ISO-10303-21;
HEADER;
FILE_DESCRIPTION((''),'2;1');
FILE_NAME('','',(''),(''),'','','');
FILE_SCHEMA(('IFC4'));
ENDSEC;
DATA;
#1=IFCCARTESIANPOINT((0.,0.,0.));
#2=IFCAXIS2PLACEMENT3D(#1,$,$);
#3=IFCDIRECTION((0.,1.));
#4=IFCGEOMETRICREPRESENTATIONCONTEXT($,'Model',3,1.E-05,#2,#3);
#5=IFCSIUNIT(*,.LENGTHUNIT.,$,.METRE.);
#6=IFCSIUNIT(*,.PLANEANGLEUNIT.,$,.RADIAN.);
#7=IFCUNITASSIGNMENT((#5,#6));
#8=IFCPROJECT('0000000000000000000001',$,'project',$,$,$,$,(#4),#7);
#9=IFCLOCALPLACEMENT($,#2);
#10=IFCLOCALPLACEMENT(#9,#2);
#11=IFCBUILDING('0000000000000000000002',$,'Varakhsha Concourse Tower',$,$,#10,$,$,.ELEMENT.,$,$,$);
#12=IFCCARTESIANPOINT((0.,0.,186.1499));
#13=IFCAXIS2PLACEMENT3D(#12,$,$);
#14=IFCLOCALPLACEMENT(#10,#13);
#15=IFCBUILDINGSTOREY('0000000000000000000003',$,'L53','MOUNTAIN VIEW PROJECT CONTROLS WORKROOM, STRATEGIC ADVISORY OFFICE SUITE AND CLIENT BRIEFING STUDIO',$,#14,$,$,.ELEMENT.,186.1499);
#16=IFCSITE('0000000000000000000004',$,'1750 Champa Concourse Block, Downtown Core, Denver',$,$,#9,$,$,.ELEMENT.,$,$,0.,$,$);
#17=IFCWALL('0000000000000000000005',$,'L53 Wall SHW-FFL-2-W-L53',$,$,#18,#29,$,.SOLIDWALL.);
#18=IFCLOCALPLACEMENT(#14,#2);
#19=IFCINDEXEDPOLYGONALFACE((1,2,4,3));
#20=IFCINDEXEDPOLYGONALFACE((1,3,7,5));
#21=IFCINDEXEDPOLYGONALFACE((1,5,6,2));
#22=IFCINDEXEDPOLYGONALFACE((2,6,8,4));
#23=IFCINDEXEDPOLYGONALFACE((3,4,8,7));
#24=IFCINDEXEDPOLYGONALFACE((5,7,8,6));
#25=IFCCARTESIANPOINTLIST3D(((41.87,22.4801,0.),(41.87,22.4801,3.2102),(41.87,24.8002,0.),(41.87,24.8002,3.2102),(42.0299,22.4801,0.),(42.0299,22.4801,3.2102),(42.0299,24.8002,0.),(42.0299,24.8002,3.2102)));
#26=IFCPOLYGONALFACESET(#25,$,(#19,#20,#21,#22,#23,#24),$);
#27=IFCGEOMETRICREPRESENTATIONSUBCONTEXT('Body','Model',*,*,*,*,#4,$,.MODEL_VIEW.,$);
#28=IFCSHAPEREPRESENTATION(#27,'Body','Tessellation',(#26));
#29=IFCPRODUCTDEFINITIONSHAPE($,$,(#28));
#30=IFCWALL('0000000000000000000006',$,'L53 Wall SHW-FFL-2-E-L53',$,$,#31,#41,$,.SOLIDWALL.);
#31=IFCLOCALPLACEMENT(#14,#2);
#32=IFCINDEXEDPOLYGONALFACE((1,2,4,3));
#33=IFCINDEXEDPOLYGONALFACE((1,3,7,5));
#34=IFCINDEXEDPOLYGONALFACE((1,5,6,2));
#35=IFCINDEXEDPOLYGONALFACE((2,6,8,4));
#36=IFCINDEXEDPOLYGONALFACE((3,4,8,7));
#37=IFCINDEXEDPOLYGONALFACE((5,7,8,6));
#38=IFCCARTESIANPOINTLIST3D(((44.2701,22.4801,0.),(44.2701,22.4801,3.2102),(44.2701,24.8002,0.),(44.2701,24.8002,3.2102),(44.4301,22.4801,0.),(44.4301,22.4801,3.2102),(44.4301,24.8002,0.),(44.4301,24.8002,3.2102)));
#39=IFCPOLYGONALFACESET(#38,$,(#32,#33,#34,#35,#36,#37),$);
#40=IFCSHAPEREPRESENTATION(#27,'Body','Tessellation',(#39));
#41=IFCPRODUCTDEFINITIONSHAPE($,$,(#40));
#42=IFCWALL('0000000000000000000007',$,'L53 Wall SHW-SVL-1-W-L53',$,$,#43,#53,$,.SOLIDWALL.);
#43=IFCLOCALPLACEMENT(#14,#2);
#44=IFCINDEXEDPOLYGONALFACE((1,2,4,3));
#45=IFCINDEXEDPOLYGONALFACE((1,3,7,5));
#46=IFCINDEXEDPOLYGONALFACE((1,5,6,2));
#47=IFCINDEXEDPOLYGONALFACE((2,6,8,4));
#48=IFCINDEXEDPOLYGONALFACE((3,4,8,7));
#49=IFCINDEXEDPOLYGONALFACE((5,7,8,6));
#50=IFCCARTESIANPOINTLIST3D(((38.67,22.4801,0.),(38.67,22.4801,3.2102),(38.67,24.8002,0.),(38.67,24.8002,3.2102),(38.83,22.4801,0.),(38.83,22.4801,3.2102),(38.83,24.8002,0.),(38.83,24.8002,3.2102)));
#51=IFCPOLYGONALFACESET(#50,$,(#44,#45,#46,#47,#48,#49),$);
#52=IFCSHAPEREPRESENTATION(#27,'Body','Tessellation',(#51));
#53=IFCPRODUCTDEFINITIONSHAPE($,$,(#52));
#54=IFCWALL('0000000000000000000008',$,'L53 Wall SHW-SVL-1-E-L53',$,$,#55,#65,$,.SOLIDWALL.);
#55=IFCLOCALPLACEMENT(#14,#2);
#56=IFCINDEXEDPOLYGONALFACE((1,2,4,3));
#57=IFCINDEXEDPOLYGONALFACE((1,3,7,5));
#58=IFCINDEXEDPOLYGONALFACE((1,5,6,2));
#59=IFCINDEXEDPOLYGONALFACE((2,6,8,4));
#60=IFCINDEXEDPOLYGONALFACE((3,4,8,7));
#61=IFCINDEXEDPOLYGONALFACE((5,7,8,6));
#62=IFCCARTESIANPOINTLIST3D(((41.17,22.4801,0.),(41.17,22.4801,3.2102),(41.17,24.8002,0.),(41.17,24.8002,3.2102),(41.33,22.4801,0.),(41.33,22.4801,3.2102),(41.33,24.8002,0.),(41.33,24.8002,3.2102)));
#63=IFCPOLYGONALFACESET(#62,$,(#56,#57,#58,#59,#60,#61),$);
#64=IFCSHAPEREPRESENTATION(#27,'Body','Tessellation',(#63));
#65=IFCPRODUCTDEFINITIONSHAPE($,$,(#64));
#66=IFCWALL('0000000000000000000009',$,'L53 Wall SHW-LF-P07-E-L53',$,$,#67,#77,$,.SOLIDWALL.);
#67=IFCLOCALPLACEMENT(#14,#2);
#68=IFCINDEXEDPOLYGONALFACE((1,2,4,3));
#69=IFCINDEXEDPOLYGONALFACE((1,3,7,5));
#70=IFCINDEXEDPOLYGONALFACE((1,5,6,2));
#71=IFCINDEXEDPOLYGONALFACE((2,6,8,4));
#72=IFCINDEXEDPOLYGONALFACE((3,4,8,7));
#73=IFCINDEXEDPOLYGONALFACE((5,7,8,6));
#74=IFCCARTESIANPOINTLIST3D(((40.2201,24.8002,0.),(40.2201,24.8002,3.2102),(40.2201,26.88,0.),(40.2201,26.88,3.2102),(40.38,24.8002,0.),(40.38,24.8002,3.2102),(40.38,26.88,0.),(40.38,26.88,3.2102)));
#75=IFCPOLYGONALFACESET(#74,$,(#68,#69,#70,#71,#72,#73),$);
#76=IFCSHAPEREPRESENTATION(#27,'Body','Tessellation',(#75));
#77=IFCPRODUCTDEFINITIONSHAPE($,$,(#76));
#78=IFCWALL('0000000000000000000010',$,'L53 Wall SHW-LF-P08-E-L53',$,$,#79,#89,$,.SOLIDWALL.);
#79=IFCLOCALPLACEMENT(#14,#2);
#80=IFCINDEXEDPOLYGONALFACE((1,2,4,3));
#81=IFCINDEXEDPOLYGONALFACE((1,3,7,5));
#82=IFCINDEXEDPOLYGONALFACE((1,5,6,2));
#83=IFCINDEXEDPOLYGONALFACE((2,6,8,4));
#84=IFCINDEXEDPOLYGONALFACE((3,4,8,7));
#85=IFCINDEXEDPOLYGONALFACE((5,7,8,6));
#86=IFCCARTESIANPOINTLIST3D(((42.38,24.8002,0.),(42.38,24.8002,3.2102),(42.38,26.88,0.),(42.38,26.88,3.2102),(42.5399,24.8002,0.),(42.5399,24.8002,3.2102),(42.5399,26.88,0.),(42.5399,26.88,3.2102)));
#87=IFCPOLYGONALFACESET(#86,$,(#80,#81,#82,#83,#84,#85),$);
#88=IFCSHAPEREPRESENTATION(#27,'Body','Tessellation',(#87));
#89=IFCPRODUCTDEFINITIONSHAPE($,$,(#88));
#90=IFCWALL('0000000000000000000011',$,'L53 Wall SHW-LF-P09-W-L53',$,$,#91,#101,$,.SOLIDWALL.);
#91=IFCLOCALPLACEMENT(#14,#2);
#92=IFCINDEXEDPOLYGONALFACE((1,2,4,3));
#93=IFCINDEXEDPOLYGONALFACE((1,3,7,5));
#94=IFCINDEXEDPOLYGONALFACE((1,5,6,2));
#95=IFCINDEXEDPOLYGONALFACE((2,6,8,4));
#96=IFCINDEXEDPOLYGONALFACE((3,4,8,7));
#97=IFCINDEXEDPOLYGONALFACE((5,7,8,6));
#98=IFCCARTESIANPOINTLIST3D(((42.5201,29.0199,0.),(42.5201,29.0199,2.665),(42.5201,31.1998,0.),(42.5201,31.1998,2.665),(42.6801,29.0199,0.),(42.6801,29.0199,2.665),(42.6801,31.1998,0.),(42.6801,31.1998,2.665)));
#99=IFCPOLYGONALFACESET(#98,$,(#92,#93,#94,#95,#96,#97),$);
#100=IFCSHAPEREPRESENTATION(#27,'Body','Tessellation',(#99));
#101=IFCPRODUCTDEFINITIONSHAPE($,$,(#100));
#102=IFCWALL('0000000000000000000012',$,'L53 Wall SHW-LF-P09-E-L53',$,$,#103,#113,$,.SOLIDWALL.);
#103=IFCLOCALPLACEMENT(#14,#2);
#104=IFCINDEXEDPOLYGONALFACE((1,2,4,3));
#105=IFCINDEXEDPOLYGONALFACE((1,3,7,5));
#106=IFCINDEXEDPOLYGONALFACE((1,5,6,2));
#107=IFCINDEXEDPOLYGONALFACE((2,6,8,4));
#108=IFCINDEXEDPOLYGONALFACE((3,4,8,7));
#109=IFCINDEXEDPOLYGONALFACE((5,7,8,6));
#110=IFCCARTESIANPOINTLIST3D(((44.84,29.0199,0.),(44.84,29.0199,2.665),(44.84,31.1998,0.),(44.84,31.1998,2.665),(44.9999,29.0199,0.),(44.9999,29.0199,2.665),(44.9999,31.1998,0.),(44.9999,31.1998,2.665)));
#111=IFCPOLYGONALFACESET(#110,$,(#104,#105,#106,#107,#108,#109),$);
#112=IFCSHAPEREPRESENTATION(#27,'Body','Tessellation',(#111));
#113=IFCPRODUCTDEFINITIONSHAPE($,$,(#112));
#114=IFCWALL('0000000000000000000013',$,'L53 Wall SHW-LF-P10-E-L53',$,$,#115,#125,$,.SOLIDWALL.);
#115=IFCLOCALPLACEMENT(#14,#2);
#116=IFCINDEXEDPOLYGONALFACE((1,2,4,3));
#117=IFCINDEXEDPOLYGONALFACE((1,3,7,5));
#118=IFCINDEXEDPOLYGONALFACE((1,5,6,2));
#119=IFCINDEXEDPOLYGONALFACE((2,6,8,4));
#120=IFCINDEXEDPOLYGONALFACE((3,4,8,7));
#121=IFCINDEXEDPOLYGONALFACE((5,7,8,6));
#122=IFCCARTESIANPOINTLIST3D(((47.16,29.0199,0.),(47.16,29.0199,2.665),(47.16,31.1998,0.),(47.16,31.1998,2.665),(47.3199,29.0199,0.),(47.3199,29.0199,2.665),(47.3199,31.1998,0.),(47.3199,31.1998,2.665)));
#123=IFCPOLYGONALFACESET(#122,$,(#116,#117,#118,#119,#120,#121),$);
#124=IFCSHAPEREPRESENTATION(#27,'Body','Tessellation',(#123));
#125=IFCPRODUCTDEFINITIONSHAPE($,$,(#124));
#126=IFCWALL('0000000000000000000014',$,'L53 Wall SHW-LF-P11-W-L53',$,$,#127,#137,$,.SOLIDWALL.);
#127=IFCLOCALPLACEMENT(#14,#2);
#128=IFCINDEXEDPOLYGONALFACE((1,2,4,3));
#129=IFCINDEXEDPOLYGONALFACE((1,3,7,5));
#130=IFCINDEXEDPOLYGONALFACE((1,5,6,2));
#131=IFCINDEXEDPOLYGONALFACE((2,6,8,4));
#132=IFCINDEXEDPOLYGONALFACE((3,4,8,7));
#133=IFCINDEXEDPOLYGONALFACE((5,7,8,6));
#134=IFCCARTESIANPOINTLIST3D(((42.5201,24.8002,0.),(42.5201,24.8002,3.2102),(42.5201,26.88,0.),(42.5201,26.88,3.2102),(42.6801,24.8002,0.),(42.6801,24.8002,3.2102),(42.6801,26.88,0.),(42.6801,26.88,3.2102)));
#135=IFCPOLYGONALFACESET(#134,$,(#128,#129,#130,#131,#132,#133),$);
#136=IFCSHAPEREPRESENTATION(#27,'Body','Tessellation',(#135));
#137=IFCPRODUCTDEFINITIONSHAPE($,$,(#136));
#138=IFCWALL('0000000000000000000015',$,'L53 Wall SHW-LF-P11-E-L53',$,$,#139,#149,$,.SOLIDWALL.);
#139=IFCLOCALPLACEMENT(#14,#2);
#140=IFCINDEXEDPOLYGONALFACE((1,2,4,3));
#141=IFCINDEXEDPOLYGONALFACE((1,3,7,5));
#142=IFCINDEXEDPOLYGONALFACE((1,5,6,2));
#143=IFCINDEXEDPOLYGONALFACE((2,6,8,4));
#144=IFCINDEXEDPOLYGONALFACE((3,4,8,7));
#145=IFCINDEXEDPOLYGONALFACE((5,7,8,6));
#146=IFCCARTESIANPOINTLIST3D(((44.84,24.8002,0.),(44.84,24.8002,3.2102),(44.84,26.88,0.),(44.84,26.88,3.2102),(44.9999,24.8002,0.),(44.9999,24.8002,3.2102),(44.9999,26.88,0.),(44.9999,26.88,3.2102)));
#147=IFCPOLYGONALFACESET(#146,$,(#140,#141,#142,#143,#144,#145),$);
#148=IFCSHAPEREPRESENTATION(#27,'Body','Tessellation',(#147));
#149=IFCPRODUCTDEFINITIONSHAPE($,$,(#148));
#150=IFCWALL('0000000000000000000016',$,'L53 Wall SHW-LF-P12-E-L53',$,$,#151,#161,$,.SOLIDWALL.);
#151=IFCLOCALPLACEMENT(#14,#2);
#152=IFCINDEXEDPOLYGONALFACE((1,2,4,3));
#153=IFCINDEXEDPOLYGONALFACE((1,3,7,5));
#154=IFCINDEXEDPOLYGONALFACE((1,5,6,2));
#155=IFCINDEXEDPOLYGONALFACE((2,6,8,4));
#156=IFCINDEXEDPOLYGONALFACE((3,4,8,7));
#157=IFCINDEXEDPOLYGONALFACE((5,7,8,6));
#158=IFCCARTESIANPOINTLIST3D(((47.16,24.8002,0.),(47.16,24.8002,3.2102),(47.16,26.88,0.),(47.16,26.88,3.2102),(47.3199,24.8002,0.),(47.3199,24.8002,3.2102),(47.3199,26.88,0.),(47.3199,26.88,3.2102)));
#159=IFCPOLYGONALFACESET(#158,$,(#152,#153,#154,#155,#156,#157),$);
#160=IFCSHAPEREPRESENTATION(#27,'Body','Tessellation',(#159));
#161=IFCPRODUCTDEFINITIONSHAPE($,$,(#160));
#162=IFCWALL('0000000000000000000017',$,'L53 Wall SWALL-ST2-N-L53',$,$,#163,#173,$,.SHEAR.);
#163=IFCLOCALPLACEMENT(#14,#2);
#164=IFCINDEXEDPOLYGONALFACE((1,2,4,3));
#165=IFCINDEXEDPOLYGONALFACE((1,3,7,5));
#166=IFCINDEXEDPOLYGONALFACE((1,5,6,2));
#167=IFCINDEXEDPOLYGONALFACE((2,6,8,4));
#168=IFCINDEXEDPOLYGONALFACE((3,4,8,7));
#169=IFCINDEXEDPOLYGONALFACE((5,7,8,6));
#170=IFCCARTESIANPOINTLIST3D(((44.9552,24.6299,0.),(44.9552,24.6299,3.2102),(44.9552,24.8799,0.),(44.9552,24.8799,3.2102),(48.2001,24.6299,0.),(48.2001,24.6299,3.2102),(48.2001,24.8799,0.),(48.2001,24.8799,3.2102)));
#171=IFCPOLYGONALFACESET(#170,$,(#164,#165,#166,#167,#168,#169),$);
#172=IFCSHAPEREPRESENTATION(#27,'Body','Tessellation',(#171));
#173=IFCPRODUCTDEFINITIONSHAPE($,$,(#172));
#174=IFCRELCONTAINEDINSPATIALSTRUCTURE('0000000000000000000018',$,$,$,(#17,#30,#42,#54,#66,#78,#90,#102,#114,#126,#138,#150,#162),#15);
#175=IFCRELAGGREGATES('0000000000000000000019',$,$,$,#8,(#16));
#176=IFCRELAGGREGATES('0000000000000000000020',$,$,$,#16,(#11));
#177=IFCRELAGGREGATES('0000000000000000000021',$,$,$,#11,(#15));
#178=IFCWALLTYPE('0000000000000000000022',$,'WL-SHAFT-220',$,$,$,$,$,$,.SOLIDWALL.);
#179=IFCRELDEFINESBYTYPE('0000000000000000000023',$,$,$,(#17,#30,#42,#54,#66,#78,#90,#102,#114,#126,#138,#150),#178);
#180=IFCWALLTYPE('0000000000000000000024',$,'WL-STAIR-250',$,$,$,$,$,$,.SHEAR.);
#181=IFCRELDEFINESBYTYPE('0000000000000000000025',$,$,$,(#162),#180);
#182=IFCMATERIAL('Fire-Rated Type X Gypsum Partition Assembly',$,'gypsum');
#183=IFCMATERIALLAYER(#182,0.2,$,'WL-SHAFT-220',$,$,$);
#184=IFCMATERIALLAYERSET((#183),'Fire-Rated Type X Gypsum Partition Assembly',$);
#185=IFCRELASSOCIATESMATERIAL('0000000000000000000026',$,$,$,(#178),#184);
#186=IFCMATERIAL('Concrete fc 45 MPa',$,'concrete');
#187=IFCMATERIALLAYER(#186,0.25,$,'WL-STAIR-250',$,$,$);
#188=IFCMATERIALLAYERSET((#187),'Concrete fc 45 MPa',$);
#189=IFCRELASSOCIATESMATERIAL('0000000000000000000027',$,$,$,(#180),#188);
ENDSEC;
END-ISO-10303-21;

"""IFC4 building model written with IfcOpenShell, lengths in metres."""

from ifc_helpers import new_model, si_unit, direction, frame, frame_2d, origin, place, context, subcontext, project, spatial, rectangle, extrude, material, layer, layer_set, type_object, element, save


model = new_model("IFC4")

# Units and contexts
model_context = context("Model", 3, precision=1e-05, world=origin(), true_north=direction((0.0, 1.0)))
body_context = subcontext(model_context, "Body", "Model", "MODEL_VIEW")
ifc_project = project(units=[si_unit("LENGTHUNIT", "METRE"), si_unit("PLANEANGLEUNIT", "RADIAN")], contexts=[model_context])

# Site, building, storey
site_placement = place(None, origin())
site = spatial("IfcSite", under=ifc_project, at=site_placement, Name="1750 Champa Concourse Block, Downtown Core, Denver", CompositionType="ELEMENT", RefElevation=0.0)
building_placement = place(site_placement, origin())
building = spatial("IfcBuilding", under=site, at=building_placement, Name="Varakhsha Concourse Tower", CompositionType="ELEMENT")
storey_placement = place(building_placement, frame((0.0, 0.0, 186.1499)))
storey = spatial("IfcBuildingStorey", under=building, at=storey_placement, Name="L53", Description="MOUNTAIN VIEW PROJECT CONTROLS WORKROOM, STRATEGIC ADVISORY OFFICE SUITE AND CLIENT BRIEFING STUDIO", CompositionType="ELEMENT", Elevation=186.1499)

# Shared definitions
ifc_material_1 = material(Name="Fire-Rated Type X Gypsum Partition Assembly", Category="gypsum")

# Walls
ifc_layer_1 = layer(ifc_material_1, 0.2, Name="WL-SHAFT-220")
ifc_layer_set_1 = layer_set([ifc_layer_1], Name="Fire-Rated Type X Gypsum Partition Assembly")
wall_type_1 = type_object("IfcWallType", Name="WL-SHAFT-220", PredefinedType="SOLIDWALL", material=ifc_layer_set_1)
for number, where, z_axis, x_axis, name in (
    (1, (41.95, 22.48, 0.0), (0.0, 0.0, 1.0), (0.0, 1.0, 0.0), "L53 Wall SHW-FFL-2-W-L53"),
    (2, (44.3501, 22.48, 0.0), (0.0, 0.0, 1.0), (0.0, 1.0, 0.0), "L53 Wall SHW-FFL-2-E-L53"),
    (3, (38.75, 22.48, 0.0), (0.0, 0.0, 1.0), (0.0, 1.0, 0.0), "L53 Wall SHW-SVL-1-W-L53"),
    (4, (41.25, 22.48, 0.0), (0.0, 0.0, 1.0), (0.0, 1.0, 0.0), "L53 Wall SHW-SVL-1-E-L53"),
):
    element("IfcWall", number, at=place(storey_placement, frame(where, z_axis=z_axis, x_axis=x_axis)), inside=storey, type_object=wall_type_1, Name=name, PredefinedType="SOLIDWALL", context=body_context, shape_type="SweptSolid", body=[
        extrude(rectangle(XDim=2.3201, YDim=0.1599, at=frame_2d((1.1602, 0.0))), origin(), (0.0, 0.0, 1.0), 3.2102),
    ])
for number, where, z_axis, x_axis, name in (
    (5, (40.3, 24.8, 0.0), (0.0, 0.0, 1.0), (0.0, 1.0, 0.0), "L53 Wall SHW-LF-P07-E-L53"),
    (6, (42.46, 24.8, 0.0), (0.0, 0.0, 1.0), (0.0, 1.0, 0.0), "L53 Wall SHW-LF-P08-E-L53"),
):
    element("IfcWall", number, at=place(storey_placement, frame(where, z_axis=z_axis, x_axis=x_axis)), inside=storey, type_object=wall_type_1, Name=name, PredefinedType="SOLIDWALL", context=body_context, shape_type="SweptSolid", body=[
        extrude(rectangle(XDim=2.0798, YDim=0.1599, at=frame_2d((1.04, 0.0))), origin(), (0.0, 0.0, 1.0), 3.2102),
    ])
for number, where, z_axis, x_axis, name in (
    (7, (42.6001, 29.02, 0.0), (0.0, 0.0, 1.0), (0.0, 1.0, 0.0), "L53 Wall SHW-LF-P09-W-L53"),
    (8, (44.9199, 29.02, 0.0), (0.0, 0.0, 1.0), (0.0, 1.0, 0.0), "L53 Wall SHW-LF-P09-E-L53"),
    (9, (47.24, 29.02, 0.0), (0.0, 0.0, 1.0), (0.0, 1.0, 0.0), "L53 Wall SHW-LF-P10-E-L53"),
):
    element("IfcWall", number, at=place(storey_placement, frame(where, z_axis=z_axis, x_axis=x_axis)), inside=storey, type_object=wall_type_1, Name=name, PredefinedType="SOLIDWALL", context=body_context, shape_type="SweptSolid", body=[
        extrude(rectangle(XDim=2.1799, YDim=0.1599, at=frame_2d((1.0898, 0.0))), origin(), (0.0, 0.0, 1.0), 2.665),
    ])
for number, where, z_axis, x_axis, name in (
    (10, (42.6001, 24.8, 0.0), (0.0, 0.0, 1.0), (0.0, 1.0, 0.0), "L53 Wall SHW-LF-P11-W-L53"),
    (11, (44.9199, 24.8, 0.0), (0.0, 0.0, 1.0), (0.0, 1.0, 0.0), "L53 Wall SHW-LF-P11-E-L53"),
    (12, (47.24, 24.8, 0.0), (0.0, 0.0, 1.0), (0.0, 1.0, 0.0), "L53 Wall SHW-LF-P12-E-L53"),
):
    element("IfcWall", number, at=place(storey_placement, frame(where, z_axis=z_axis, x_axis=x_axis)), inside=storey, type_object=wall_type_1, Name=name, PredefinedType="SOLIDWALL", context=body_context, shape_type="SweptSolid", body=[
        extrude(rectangle(XDim=2.0798, YDim=0.1599, at=frame_2d((1.04, 0.0))), origin(), (0.0, 0.0, 1.0), 3.2102),
    ])
ifc_material_2 = material(Name="Concrete fc 45 MPa", Category="concrete")
ifc_layer_2 = layer(ifc_material_2, 0.25, Name="WL-STAIR-250")
ifc_layer_set_2 = layer_set([ifc_layer_2], Name="Concrete fc 45 MPa")
wall_type_2 = type_object("IfcWallType", Name="WL-STAIR-250", PredefinedType="SHEAR", material=ifc_layer_set_2)
wall_1_placement = place(storey_placement, frame((44.9551, 24.7549, 0.0), z_axis=(0.0, 0.0, 1.0), x_axis=(1.0, 0.0, 0.0)))
element("IfcWall", 13, at=wall_1_placement, inside=storey, type_object=wall_type_2, Name="L53 Wall SWALL-ST2-N-L53", PredefinedType="SHEAR", context=body_context, shape_type="SweptSolid", body=[
    extrude(rectangle(XDim=3.2449, YDim=0.25, at=frame_2d((1.6226, 0.0))), origin(), (0.0, 0.0, 1.0), 3.2102),
])

save(model, "model.ifc")
